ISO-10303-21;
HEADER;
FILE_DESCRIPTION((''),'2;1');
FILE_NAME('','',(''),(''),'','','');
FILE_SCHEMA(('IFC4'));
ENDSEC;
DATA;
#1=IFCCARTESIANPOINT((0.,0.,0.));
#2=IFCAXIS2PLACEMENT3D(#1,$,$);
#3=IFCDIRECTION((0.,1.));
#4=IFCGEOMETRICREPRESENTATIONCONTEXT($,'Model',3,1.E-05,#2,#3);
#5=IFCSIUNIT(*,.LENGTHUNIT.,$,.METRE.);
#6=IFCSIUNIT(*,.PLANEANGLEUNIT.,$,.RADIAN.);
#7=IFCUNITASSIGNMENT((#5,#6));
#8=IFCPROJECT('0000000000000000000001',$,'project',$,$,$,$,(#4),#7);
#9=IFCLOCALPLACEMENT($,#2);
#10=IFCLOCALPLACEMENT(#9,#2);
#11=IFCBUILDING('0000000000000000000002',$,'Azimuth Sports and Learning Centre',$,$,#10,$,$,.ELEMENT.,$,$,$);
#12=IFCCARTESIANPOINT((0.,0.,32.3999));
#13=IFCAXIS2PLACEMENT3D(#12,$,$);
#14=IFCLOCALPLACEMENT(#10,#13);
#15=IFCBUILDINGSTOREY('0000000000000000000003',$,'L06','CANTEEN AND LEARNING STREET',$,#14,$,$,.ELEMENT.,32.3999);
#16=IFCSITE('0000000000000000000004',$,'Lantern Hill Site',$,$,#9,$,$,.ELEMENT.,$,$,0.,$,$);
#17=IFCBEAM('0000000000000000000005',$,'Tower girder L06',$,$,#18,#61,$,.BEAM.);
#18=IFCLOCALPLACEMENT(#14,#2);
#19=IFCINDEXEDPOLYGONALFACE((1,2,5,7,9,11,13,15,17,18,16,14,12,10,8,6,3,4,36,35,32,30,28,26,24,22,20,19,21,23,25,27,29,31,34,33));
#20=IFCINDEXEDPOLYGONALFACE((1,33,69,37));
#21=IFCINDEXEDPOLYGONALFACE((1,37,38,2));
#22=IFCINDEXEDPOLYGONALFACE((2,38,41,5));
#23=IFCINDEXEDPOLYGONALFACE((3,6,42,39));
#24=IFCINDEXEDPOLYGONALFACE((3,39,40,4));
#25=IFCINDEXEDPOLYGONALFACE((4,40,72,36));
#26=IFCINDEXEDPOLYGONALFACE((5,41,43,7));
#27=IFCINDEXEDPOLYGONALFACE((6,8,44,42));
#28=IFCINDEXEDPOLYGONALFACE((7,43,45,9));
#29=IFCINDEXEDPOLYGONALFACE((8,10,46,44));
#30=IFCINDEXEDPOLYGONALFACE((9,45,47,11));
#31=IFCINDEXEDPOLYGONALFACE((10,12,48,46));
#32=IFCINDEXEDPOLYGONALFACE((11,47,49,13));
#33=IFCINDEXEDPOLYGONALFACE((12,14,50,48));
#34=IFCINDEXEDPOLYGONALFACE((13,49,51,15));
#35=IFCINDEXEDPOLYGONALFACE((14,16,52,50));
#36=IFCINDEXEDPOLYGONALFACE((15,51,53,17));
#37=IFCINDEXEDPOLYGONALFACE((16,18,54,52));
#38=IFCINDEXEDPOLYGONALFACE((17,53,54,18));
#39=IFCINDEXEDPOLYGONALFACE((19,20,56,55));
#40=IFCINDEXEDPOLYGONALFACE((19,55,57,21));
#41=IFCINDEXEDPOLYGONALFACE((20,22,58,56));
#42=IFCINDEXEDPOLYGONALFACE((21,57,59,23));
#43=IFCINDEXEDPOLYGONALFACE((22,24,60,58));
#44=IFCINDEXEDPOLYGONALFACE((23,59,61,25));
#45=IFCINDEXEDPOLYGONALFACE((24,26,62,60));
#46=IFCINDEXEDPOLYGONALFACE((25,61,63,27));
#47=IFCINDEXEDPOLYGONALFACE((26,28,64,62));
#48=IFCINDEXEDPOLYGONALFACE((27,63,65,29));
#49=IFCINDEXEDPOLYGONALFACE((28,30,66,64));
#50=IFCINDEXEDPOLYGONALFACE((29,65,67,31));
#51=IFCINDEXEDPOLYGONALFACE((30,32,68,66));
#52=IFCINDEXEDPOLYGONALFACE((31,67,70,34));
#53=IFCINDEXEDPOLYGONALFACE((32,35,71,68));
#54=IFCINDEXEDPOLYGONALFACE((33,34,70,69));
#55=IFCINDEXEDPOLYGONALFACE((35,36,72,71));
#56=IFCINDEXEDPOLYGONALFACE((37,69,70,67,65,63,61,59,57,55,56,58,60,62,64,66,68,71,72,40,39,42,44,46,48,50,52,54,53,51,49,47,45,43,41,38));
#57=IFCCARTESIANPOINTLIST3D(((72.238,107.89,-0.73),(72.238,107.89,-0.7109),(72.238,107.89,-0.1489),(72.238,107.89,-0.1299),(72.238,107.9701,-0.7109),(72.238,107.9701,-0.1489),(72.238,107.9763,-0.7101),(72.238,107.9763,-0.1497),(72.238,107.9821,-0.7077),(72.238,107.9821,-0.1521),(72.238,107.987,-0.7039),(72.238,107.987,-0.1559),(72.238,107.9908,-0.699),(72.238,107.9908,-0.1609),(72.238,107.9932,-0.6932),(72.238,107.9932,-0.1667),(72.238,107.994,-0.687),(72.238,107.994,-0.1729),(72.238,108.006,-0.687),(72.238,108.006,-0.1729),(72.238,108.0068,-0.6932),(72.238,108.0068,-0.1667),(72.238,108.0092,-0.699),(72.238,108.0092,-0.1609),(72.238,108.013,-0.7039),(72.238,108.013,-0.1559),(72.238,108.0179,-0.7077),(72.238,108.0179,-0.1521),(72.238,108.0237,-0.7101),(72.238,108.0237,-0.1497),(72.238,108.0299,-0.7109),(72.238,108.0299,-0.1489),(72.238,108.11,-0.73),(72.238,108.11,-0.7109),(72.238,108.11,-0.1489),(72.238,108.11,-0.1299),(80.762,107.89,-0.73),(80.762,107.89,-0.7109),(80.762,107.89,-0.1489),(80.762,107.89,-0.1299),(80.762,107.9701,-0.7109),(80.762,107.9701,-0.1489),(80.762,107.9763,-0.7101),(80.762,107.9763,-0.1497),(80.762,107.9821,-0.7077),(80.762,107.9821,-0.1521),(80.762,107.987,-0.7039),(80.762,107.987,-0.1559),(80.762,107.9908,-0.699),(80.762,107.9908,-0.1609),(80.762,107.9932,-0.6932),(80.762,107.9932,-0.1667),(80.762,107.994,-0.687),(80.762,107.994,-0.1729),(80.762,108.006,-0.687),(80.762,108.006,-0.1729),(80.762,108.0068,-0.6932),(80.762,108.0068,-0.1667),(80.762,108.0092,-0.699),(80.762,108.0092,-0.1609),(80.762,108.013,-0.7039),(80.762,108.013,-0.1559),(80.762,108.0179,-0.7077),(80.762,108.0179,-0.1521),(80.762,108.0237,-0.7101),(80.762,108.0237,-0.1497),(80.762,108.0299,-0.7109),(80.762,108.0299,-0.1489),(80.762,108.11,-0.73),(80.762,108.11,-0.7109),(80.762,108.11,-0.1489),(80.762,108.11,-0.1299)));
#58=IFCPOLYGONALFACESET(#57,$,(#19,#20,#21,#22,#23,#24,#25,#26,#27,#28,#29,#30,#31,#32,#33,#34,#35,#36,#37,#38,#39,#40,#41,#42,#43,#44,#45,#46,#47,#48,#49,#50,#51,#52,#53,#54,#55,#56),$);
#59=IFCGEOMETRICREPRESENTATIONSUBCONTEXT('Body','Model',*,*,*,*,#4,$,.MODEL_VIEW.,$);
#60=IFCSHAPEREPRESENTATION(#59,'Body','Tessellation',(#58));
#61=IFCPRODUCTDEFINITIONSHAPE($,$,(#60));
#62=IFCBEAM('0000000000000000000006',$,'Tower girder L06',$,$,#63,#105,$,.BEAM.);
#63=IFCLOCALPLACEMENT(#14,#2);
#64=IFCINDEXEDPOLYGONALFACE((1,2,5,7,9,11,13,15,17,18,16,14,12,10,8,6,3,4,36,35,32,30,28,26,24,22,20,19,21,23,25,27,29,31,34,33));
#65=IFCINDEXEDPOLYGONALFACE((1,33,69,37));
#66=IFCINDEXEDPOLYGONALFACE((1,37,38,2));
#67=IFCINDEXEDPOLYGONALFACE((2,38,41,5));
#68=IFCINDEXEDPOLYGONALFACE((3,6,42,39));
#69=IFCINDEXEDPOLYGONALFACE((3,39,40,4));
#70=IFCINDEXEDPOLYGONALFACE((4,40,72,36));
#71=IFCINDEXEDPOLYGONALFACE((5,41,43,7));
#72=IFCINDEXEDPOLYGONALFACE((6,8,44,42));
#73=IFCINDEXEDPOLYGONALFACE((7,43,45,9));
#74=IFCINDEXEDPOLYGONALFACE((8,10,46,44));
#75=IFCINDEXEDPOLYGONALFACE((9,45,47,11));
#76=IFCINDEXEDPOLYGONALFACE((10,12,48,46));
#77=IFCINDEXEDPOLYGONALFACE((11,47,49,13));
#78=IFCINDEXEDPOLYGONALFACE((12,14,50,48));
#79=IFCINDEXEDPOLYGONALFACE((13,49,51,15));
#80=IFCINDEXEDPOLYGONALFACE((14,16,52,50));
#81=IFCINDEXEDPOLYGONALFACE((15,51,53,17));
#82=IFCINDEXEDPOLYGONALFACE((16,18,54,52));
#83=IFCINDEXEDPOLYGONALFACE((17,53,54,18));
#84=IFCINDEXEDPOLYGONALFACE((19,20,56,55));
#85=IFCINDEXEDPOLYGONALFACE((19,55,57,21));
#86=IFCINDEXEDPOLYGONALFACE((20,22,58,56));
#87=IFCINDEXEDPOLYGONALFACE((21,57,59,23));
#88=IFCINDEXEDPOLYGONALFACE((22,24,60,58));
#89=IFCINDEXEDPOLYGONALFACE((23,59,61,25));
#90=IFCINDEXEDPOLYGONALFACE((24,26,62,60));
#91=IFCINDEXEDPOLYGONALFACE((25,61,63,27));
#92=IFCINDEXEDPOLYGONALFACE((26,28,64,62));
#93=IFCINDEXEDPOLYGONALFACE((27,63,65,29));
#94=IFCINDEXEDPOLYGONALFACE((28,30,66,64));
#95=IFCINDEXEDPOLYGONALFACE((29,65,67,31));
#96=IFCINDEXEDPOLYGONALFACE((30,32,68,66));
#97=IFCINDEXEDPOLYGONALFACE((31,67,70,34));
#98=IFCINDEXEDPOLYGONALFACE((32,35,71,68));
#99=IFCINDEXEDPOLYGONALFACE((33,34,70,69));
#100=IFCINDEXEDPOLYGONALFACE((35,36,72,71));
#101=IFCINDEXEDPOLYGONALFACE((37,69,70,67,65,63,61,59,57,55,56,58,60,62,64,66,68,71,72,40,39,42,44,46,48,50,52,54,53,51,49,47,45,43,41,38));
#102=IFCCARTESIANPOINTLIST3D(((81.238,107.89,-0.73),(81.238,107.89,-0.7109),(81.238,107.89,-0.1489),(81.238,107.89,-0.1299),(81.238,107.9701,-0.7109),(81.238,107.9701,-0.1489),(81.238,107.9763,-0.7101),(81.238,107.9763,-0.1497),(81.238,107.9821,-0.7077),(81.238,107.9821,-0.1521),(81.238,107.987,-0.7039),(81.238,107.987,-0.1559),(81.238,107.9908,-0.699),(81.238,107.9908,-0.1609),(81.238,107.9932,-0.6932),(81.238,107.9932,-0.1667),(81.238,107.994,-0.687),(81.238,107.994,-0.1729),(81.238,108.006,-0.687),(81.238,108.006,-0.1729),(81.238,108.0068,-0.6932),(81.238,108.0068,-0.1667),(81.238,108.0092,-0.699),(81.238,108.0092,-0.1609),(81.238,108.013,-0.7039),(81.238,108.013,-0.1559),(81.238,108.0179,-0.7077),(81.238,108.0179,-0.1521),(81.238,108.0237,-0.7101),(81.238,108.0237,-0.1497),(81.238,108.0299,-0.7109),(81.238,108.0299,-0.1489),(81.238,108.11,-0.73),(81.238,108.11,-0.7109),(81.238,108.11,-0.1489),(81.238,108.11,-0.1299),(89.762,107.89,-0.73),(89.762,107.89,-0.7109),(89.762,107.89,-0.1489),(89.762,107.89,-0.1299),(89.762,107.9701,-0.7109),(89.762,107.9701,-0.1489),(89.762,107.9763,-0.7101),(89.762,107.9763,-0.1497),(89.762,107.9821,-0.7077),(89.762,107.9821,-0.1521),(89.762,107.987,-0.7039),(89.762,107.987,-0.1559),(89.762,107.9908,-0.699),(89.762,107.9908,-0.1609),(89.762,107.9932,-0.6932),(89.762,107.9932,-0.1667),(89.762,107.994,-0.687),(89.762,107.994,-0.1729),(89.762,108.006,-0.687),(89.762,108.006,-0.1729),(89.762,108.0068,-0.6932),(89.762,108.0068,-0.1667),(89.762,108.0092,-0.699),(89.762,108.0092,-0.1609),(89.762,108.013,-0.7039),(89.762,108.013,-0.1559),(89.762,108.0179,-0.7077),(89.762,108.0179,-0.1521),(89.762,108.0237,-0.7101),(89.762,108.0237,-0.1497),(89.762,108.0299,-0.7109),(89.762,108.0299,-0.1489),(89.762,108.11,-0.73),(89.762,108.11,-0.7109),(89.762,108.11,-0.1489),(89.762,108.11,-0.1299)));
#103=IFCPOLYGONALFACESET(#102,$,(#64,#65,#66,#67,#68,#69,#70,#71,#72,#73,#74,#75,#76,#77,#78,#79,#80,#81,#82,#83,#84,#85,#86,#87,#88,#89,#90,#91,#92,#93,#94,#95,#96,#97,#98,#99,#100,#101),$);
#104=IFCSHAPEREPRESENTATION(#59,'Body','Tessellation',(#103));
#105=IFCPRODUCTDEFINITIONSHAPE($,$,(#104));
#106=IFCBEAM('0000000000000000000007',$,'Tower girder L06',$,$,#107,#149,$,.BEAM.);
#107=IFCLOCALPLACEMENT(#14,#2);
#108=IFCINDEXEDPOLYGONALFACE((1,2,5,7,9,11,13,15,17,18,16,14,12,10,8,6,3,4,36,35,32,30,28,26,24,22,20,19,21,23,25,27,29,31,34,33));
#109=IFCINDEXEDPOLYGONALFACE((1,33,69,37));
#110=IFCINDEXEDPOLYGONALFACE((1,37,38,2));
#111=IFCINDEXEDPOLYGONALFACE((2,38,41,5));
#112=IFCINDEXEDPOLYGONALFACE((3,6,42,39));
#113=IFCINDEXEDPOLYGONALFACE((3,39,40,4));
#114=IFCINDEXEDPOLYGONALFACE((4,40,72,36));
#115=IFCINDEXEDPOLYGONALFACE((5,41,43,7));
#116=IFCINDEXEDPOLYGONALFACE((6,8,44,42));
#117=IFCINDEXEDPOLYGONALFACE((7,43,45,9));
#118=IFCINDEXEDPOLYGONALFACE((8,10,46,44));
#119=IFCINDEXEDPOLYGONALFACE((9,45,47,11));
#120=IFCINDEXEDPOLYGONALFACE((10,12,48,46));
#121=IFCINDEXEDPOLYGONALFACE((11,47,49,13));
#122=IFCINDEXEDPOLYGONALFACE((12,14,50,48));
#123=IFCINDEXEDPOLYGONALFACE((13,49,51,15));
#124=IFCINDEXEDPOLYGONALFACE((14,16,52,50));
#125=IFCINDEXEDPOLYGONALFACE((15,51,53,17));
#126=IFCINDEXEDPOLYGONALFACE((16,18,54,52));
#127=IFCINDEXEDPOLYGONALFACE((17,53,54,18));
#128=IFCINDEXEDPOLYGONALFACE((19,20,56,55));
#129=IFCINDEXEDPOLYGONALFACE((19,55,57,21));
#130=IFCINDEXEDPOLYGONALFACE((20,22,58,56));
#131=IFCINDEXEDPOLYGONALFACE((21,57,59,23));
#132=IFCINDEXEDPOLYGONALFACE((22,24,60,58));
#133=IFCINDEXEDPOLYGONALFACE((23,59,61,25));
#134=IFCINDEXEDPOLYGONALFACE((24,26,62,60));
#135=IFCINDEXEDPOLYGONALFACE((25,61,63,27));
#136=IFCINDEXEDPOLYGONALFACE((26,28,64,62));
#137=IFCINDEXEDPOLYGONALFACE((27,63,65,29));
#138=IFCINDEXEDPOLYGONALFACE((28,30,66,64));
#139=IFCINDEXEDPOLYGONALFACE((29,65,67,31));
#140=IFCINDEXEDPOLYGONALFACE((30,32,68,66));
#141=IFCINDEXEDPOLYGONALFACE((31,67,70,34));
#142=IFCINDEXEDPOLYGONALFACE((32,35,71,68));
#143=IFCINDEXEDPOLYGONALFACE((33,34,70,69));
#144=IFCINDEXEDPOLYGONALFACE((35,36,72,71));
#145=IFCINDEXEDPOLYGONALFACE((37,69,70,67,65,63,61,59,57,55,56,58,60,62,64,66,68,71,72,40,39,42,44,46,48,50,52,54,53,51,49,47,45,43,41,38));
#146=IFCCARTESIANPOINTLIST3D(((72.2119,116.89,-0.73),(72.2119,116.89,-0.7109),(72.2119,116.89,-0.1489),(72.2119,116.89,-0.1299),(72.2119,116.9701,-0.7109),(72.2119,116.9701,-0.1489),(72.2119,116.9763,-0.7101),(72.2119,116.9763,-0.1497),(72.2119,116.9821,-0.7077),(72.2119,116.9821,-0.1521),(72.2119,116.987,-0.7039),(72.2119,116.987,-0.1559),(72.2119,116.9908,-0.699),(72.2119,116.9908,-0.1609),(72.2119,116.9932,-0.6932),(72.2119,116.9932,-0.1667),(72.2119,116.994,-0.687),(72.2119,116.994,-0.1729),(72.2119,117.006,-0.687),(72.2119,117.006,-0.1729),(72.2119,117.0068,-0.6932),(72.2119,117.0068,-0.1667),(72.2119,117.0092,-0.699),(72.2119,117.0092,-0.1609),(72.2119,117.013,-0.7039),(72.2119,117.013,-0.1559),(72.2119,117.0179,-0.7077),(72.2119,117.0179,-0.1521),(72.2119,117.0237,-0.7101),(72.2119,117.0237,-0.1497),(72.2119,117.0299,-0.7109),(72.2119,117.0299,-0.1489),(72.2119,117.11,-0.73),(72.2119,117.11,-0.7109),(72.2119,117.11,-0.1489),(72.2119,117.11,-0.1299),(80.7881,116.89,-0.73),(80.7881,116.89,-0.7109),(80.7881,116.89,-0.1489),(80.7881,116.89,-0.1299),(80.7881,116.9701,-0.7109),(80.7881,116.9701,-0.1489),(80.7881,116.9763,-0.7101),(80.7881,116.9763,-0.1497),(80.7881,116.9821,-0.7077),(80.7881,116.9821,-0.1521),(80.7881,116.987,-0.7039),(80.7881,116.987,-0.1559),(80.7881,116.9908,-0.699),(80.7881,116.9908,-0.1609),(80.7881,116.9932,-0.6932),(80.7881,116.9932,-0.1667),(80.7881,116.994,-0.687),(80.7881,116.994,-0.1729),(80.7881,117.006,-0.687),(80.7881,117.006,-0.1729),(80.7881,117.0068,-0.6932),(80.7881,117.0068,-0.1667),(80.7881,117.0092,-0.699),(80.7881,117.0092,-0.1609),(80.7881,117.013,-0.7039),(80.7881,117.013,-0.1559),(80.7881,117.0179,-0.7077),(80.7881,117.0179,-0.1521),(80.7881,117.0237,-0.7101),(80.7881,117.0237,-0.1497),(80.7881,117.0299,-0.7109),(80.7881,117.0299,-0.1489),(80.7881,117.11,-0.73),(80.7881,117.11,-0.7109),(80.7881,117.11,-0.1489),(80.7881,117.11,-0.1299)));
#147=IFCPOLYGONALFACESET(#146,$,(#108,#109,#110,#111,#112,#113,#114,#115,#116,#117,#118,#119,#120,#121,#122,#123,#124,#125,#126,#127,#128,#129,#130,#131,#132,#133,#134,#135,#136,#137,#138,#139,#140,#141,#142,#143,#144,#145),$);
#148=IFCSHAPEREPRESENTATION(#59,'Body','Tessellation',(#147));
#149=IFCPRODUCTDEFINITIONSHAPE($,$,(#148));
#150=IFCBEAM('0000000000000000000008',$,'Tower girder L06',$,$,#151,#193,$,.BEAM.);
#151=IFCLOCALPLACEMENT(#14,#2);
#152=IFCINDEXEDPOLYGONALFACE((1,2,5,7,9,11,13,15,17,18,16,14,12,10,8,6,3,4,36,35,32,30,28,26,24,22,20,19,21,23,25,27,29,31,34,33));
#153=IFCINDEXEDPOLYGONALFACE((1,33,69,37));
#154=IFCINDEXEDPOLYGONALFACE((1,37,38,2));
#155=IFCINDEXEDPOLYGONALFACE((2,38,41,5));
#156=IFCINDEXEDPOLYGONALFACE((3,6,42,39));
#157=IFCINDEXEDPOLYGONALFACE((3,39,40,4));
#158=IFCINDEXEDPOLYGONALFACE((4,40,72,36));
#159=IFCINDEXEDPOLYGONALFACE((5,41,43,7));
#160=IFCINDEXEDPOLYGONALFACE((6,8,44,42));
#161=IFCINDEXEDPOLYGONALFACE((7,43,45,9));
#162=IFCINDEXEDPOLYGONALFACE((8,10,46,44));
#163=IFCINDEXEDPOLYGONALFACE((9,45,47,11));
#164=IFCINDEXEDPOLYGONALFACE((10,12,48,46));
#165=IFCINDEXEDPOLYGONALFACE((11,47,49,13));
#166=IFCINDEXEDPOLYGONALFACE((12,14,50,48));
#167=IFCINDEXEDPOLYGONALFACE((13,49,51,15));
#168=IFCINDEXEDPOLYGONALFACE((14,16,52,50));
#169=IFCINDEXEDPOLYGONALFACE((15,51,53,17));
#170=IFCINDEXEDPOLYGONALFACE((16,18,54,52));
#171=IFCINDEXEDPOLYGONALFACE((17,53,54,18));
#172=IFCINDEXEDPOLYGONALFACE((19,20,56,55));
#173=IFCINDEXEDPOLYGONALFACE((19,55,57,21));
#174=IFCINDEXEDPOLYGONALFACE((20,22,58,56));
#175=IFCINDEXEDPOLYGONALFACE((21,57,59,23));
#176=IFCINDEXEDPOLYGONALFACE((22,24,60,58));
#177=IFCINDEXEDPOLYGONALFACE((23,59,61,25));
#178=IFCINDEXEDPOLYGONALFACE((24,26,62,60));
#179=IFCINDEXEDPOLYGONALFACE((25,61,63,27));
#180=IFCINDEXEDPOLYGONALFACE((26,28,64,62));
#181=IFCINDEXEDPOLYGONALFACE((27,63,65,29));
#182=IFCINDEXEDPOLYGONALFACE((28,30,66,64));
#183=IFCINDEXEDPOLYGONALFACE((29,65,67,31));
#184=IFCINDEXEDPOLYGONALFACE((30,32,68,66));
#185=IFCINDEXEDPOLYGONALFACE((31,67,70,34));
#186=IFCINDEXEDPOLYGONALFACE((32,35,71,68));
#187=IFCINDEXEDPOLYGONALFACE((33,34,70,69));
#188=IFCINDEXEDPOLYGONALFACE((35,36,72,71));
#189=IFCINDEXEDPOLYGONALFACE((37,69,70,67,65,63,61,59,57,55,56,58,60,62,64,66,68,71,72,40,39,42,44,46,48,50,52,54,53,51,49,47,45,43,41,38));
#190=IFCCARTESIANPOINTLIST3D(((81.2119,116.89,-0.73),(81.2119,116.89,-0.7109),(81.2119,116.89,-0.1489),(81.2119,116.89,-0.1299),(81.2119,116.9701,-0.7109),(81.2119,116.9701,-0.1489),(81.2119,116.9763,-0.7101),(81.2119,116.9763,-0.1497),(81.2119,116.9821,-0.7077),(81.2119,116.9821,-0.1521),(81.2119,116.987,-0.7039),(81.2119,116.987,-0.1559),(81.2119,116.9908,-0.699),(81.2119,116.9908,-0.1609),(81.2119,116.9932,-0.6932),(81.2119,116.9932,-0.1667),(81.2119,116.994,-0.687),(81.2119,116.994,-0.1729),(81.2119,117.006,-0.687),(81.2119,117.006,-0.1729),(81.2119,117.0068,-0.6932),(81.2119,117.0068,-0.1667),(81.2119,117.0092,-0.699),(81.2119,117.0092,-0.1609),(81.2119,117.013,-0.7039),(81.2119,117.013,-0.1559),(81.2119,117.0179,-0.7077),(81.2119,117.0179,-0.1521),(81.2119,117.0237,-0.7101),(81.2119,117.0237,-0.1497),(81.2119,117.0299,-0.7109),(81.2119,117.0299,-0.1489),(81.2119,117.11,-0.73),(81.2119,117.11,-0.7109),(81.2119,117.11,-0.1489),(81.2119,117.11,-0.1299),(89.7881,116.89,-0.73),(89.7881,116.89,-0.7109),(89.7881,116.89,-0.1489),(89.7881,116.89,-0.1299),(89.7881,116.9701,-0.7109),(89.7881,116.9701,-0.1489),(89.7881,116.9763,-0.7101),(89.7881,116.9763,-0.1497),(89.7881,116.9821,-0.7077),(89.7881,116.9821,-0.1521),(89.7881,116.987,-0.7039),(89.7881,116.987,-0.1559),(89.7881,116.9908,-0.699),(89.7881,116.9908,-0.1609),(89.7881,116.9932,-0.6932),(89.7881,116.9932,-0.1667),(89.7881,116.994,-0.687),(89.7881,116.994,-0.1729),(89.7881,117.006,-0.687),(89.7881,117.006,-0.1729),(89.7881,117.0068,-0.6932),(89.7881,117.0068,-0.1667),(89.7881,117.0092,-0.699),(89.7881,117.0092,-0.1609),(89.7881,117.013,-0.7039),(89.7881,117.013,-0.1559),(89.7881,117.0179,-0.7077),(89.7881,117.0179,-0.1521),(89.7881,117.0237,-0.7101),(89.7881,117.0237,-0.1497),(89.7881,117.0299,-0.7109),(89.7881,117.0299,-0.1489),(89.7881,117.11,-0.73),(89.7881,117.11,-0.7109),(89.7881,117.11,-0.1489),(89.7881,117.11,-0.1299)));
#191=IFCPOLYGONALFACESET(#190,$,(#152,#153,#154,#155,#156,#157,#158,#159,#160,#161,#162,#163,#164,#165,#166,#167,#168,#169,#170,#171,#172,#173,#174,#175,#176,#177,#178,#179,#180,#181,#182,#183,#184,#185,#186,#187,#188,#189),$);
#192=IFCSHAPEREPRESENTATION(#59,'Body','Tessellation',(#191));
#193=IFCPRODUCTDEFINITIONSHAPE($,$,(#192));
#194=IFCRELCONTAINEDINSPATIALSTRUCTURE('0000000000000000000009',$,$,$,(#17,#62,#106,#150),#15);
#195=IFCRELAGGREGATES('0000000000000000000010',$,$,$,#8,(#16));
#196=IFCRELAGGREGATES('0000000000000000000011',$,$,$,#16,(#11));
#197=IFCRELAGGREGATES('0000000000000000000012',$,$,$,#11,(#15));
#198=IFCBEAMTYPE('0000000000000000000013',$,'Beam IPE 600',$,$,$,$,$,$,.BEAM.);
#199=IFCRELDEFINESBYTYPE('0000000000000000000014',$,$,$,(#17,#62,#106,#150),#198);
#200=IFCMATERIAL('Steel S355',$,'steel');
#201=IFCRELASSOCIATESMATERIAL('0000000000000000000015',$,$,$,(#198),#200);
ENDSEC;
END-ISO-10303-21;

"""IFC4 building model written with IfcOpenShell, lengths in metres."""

from ifc_helpers import new_model, si_unit, direction, frame, origin, origin_2d, place, context, subcontext, project, spatial, i_section, extrude, material, material_profile, profile_set, type_object, element, save


model = new_model("IFC4")

# Units and contexts
model_context = context("Model", 3, precision=1e-05, world=origin(), true_north=direction((0.0, 1.0)))
body_context = subcontext(model_context, "Body", "Model", "MODEL_VIEW")
ifc_project = project(units=[si_unit("LENGTHUNIT", "METRE"), si_unit("PLANEANGLEUNIT", "RADIAN")], contexts=[model_context])

# Site, building, storey
site_placement = place(None, origin())
site = spatial("IfcSite", under=ifc_project, at=site_placement, Name="Lantern Hill Site", CompositionType="ELEMENT", RefElevation=0.0)
building_placement = place(site_placement, origin())
building = spatial("IfcBuilding", under=site, at=building_placement, Name="Azimuth Sports and Learning Centre", CompositionType="ELEMENT")
storey_placement = place(building_placement, frame((0.0, 0.0, 32.3999)))
storey = spatial("IfcBuildingStorey", under=building, at=storey_placement, Name="L06", Description="CANTEEN AND LEARNING STREET", CompositionType="ELEMENT", Elevation=32.3999)

# Beams
ifc_material_1 = material(Name="Steel S355", Category="steel")
ifc_material_profile_1 = material_profile(ifc_material_1, i_section(OverallWidth=0.22, OverallDepth=0.6001, WebThickness=0.012, FlangeThickness=0.019, FilletRadius=0.0239, at=origin_2d()), Name="IPE 600")
ifc_profile_set_1 = profile_set([ifc_material_profile_1], Name="Steel S355")
beam_type_1 = type_object("IfcBeamType", Name="Beam IPE 600", PredefinedType="BEAM", material=ifc_profile_set_1)
for number, where, z_axis, x_axis, name in (
    (1, (72.238, 108.0, -0.4299), (1.0, 0.0, 0.0), (0.0, 1.0, 0.0), "Tower girder L06"),
    (2, (81.238, 108.0, -0.4299), (1.0, 0.0, 0.0), (0.0, 1.0, 0.0), "Tower girder L06"),
):
    element("IfcBeam", number, at=place(storey_placement, frame(where, z_axis=z_axis, x_axis=x_axis)), inside=storey, type_object=beam_type_1, Name=name, PredefinedType="BEAM", context=body_context, shape_type="SweptSolid", body=[
        extrude(i_section(OverallWidth=0.22, OverallDepth=0.6001, WebThickness=0.012, FlangeThickness=0.019, FilletRadius=0.0239, at=origin_2d()), origin(), (0.0, 0.0, 1.0), 8.5239),
    ])
for number, where, z_axis, x_axis, name in (
    (3, (72.2119, 117.0, -0.4299), (1.0, 0.0, 0.0), (0.0, 1.0, 0.0), "Tower girder L06"),
    (4, (81.2119, 117.0, -0.4299), (1.0, 0.0, 0.0), (0.0, 1.0, 0.0), "Tower girder L06"),
):
    element("IfcBeam", number, at=place(storey_placement, frame(where, z_axis=z_axis, x_axis=x_axis)), inside=storey, type_object=beam_type_1, Name=name, PredefinedType="BEAM", context=body_context, shape_type="SweptSolid", body=[
        extrude(i_section(OverallWidth=0.22, OverallDepth=0.6001, WebThickness=0.012, FlangeThickness=0.019, FilletRadius=0.0239, at=origin_2d()), origin(), (0.0, 0.0, 1.0), 8.5762),
    ])

save(model, "model.ifc")
